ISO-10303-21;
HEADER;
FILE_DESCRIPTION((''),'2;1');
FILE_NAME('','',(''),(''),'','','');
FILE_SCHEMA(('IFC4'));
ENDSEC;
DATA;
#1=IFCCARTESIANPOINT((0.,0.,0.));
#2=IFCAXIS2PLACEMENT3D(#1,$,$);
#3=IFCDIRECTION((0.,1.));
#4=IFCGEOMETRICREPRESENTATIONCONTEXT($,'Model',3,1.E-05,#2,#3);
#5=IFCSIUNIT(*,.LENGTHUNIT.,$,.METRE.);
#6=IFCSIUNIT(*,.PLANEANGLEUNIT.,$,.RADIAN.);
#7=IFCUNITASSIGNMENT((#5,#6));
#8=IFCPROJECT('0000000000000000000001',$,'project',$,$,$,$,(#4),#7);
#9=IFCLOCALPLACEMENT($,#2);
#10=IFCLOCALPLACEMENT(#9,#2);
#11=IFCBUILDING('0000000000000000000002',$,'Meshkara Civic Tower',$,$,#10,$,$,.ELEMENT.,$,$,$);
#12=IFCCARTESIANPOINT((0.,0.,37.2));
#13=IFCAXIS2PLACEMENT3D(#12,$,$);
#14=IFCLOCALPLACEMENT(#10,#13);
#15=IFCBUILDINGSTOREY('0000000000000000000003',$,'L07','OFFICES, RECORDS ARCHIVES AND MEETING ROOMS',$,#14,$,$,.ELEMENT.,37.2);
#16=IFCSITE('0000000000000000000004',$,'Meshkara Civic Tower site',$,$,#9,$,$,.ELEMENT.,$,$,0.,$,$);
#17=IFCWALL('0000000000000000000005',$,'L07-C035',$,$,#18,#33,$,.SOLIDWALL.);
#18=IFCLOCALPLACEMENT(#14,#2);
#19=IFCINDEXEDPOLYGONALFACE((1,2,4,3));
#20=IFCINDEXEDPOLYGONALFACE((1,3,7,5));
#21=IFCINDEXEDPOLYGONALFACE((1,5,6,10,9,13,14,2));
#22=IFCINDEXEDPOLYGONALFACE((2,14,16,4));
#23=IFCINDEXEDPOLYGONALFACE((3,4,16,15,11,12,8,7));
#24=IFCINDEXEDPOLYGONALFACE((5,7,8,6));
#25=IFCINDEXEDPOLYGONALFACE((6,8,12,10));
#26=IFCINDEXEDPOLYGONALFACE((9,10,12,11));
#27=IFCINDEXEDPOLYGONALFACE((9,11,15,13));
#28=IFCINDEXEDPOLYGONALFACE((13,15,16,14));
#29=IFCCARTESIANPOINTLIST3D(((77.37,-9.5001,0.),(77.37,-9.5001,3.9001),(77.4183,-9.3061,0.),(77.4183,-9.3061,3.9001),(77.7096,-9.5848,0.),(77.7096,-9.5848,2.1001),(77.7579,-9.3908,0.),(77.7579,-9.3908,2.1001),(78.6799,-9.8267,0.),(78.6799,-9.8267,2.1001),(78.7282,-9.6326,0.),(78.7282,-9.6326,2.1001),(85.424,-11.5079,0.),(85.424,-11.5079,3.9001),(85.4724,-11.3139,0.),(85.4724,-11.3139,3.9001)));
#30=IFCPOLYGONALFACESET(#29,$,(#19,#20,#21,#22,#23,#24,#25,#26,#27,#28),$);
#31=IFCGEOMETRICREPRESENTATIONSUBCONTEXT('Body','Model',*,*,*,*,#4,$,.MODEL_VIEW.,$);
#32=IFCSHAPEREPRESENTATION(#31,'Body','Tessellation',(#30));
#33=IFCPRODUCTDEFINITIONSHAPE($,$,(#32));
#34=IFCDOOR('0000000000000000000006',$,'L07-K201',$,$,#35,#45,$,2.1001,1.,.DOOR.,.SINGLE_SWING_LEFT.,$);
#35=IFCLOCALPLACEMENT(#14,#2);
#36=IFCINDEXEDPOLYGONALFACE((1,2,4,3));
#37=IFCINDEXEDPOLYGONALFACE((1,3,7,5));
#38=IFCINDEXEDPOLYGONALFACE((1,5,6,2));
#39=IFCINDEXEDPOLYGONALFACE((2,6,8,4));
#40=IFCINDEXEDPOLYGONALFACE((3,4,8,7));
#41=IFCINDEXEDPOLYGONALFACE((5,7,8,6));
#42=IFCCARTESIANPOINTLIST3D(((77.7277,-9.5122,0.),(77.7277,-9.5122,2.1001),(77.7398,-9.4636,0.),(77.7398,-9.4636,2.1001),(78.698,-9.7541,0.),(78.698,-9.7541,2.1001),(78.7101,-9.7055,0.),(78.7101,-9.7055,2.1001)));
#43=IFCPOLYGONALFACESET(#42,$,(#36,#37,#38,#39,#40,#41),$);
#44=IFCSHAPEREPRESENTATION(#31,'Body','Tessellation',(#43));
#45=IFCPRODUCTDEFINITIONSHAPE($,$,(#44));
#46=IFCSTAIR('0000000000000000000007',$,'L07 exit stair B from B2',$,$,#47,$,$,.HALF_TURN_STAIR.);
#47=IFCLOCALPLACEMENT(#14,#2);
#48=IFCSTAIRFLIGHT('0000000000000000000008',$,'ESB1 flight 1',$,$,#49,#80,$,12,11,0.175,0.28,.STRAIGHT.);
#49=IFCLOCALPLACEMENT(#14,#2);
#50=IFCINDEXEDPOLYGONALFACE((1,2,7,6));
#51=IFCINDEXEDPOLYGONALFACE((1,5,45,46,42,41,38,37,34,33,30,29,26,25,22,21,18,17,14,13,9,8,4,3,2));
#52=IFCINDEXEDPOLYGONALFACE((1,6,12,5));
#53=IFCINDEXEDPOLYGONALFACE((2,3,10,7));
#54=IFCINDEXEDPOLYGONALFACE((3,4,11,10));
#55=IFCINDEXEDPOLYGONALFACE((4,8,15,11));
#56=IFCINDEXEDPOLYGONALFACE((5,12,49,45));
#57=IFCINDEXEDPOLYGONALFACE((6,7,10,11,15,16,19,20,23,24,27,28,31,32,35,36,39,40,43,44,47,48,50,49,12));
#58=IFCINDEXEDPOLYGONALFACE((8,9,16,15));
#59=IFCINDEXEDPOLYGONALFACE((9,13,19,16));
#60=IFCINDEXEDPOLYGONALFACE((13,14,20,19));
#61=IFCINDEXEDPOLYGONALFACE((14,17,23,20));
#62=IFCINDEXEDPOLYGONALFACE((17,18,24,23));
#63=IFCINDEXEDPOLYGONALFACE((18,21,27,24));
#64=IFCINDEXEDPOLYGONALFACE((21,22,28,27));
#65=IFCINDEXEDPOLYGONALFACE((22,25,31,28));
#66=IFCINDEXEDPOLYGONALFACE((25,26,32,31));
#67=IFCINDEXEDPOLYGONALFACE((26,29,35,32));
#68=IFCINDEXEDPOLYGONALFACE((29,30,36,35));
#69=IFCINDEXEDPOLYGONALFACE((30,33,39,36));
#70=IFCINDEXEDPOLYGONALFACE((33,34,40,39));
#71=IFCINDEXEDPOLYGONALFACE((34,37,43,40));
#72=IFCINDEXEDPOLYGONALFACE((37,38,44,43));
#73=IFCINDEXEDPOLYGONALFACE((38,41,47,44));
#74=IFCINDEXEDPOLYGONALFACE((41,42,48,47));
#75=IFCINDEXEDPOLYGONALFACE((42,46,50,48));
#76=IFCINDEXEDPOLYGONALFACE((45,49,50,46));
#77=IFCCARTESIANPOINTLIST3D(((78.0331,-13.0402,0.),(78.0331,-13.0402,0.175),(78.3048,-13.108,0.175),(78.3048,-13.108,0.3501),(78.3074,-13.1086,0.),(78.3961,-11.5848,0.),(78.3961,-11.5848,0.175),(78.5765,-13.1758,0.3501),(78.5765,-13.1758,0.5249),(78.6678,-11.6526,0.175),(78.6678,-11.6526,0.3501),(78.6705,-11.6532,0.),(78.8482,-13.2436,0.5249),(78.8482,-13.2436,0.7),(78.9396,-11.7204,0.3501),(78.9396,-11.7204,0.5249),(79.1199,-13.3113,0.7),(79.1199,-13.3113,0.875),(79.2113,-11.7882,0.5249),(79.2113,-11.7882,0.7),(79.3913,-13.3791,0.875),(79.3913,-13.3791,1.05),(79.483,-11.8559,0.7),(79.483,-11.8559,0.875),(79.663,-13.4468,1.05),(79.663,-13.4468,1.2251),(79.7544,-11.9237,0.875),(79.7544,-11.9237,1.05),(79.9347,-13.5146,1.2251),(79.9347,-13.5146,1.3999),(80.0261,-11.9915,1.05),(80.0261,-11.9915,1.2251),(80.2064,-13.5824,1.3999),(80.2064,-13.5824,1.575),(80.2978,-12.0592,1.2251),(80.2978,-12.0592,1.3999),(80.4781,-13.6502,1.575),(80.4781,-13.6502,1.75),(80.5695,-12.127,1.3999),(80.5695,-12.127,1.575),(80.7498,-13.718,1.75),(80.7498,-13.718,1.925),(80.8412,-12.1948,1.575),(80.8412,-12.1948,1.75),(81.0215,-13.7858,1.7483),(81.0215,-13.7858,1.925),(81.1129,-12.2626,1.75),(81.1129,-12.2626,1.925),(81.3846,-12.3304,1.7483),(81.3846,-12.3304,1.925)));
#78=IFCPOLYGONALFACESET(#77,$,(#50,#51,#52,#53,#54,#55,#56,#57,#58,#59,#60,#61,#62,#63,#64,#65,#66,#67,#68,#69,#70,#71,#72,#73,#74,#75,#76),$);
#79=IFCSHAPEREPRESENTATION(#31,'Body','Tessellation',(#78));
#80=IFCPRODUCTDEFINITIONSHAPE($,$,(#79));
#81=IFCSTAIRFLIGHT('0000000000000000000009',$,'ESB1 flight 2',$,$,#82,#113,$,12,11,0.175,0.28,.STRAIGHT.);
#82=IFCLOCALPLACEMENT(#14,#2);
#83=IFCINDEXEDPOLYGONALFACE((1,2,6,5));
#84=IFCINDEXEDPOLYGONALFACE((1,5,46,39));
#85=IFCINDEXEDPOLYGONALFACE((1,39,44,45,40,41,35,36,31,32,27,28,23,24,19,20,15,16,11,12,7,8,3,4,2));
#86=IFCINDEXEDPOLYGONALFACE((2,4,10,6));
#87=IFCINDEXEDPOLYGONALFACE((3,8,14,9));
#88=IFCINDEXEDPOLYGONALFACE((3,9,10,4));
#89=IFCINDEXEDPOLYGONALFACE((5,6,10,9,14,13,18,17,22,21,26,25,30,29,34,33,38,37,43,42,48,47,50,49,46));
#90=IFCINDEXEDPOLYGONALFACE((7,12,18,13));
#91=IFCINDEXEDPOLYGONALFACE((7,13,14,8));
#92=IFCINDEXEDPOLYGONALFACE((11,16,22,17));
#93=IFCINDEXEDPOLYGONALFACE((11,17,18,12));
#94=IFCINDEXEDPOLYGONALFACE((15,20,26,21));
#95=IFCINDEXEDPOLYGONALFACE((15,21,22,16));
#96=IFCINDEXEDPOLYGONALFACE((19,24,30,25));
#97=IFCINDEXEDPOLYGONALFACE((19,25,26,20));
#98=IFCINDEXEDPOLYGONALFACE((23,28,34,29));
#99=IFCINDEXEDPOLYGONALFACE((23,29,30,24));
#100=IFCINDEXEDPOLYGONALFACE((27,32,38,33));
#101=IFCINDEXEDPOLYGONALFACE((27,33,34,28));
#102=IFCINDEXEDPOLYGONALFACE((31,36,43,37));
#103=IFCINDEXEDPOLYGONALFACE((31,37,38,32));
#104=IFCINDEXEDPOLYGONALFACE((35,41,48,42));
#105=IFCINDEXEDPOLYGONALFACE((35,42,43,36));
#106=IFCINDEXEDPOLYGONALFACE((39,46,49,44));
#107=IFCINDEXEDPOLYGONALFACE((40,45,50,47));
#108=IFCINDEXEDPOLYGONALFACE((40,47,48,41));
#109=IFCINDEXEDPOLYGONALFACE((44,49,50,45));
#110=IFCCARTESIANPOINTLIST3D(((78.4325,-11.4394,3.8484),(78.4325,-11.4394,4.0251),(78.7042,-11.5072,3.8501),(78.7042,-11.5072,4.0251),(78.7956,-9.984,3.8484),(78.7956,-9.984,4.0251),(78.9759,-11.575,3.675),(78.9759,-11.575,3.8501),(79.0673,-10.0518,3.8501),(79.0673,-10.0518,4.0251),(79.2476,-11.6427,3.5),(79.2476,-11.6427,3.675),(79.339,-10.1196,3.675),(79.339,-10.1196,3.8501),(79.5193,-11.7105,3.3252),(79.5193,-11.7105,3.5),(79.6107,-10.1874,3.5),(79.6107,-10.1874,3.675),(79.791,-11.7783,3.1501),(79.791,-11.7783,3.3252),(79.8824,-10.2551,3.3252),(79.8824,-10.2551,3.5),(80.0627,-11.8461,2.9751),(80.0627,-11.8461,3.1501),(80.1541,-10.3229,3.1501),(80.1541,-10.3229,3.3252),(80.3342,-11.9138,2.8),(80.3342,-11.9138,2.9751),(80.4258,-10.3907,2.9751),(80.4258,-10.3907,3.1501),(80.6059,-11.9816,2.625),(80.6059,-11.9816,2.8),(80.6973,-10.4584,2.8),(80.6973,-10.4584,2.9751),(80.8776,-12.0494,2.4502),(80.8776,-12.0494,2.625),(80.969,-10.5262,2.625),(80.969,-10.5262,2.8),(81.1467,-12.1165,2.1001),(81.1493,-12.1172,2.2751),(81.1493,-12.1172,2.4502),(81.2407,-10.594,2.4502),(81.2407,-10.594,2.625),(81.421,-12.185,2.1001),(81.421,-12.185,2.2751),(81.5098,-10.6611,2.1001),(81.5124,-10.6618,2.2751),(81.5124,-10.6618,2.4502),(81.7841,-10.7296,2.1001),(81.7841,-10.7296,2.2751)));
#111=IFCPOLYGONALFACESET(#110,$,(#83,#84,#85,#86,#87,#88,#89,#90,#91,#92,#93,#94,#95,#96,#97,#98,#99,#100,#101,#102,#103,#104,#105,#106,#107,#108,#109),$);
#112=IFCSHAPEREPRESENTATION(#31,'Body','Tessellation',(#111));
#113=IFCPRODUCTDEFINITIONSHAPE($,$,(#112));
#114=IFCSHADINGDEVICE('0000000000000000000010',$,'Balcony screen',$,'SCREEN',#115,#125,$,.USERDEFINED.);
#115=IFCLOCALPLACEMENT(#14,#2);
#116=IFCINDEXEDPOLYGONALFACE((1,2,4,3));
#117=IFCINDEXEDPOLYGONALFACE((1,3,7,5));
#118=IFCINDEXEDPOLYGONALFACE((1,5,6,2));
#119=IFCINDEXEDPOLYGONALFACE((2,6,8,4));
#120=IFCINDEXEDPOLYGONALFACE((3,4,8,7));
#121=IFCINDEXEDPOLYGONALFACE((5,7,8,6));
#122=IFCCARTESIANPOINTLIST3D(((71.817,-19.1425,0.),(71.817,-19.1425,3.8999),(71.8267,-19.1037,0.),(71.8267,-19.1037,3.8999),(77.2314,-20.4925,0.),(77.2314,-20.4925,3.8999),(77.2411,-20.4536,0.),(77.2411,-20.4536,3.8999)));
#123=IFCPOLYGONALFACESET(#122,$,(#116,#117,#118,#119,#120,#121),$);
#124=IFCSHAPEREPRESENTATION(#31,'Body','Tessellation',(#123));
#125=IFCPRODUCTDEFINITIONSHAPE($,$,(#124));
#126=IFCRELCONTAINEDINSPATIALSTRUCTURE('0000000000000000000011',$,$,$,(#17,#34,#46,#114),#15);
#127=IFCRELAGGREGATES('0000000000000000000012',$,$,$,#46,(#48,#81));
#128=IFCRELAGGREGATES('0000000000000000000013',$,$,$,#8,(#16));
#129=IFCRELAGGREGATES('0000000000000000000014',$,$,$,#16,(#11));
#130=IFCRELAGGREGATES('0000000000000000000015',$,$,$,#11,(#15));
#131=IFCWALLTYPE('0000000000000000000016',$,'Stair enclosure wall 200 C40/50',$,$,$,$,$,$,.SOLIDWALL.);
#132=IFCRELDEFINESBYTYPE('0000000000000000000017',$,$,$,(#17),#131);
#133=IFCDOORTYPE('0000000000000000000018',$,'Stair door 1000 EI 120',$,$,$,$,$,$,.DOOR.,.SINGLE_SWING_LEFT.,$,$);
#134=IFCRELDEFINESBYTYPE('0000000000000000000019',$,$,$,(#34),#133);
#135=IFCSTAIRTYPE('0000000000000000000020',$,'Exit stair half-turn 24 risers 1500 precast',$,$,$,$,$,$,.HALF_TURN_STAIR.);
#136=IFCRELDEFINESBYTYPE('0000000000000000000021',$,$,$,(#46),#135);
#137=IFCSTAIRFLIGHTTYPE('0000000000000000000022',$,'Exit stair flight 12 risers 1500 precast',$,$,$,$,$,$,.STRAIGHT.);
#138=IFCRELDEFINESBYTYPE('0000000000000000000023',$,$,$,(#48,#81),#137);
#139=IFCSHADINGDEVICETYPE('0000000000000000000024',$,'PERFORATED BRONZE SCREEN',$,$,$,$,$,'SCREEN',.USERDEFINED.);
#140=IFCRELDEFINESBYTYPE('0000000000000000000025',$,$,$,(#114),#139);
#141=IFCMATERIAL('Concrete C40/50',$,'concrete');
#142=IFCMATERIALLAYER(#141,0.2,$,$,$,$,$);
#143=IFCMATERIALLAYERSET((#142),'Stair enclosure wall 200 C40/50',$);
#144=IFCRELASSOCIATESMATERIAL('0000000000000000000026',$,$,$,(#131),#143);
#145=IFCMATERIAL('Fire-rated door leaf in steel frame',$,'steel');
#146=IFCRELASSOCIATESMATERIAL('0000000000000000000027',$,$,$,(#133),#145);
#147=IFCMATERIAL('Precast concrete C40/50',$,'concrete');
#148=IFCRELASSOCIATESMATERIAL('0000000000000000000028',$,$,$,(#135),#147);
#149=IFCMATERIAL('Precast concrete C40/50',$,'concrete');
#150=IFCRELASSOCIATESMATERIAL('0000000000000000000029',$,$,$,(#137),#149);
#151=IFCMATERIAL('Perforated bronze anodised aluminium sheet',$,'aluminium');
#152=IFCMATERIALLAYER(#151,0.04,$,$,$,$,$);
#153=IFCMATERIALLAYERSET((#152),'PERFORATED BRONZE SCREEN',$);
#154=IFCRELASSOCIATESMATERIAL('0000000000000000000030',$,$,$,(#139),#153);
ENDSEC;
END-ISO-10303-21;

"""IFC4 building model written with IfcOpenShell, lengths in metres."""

from ifc_helpers import new_model, si_unit, direction, frame, frame_2d, origin, origin_2d, place, context, subcontext, project, spatial, polyline, rectangle, outline, extrude, material, layer, layer_set, type_object, element, fill, aggregate, save


model = new_model("IFC4")

# Units and contexts
model_context = context("Model", 3, precision=1e-05, world=origin(), true_north=direction((0.0, 1.0)))
body_context = subcontext(model_context, "Body", "Model", "MODEL_VIEW")
ifc_project = project(units=[si_unit("LENGTHUNIT", "METRE"), si_unit("PLANEANGLEUNIT", "RADIAN")], contexts=[model_context])

# Site, building, storey
site_placement = place(None, origin())
site = spatial("IfcSite", under=ifc_project, at=site_placement, Name="Meshkara Civic Tower site", CompositionType="ELEMENT", RefElevation=0.0)
building_placement = place(site_placement, origin())
building = spatial("IfcBuilding", under=site, at=building_placement, Name="Meshkara Civic Tower", CompositionType="ELEMENT")
storey_placement = place(building_placement, frame((0.0, 0.0, 37.2)))
storey = spatial("IfcBuildingStorey", under=building, at=storey_placement, Name="L07", Description="OFFICES, RECORDS ARCHIVES AND MEETING ROOMS", CompositionType="ELEMENT", Elevation=37.2)

# Wall, opening, door
ifc_material_1 = material(Name="Concrete C40/50", Category="concrete")
ifc_layer_1 = layer(ifc_material_1, 0.2)
ifc_layer_set_1 = layer_set([ifc_layer_1], Name="Stair enclosure wall 200 C40/50")
wall_type_1 = type_object("IfcWallType", Name="Stair enclosure wall 200 C40/50", PredefinedType="SOLIDWALL", material=ifc_layer_set_1)
wall_1_placement = place(storey_placement, frame((77.394, -9.4031, 0.0), z_axis=(0.0, 0.0, 1.0), x_axis=(0.970303, -0.241892, 0.0)))
wall_1 = element("IfcWall", 1, at=wall_1_placement, inside=storey, type_object=wall_type_1, Name="L07-C035", PredefinedType="SOLIDWALL", context=body_context, shape_type="SweptSolid", body=[
    extrude(rectangle(XDim=8.3005, YDim=0.2, at=frame_2d((4.1504, 0.0))), origin(), (0.0, 0.0, 1.0), 3.9001),
])
opening_1_placement = place(wall_1_placement, frame((0.3501, 0.0, 0.0)))
opening_1 = element("IfcOpeningElement", 2, at=opening_1_placement, cuts=wall_1, PredefinedType="OPENING", context=body_context, shape_type="SweptSolid", body=[
    extrude(rectangle(XDim=1.0, YDim=2.1001, at=frame_2d((0.5, 1.05))), frame((0.0, 0.1099, 0.0), z_axis=(0.0, -1.0, 0.0), x_axis=(1.0, 0.0, 0.0)), (0.0, 0.0, 1.0), 0.22),
])
ifc_material_2 = material(Name="Fire-rated door leaf in steel frame", Category="steel")
door_type_1 = type_object("IfcDoorType", Name="Stair door 1000 EI 120", OperationType="SINGLE_SWING_LEFT", PredefinedType="DOOR", material=ifc_material_2)
door_1_placement = place(opening_1_placement, origin())
door_1 = element("IfcDoor", 3, at=door_1_placement, inside=storey, type_object=door_type_1, Name="L07-K201", OperationType="SINGLE_SWING_LEFT", OverallHeight=2.1001, OverallWidth=1.0, PredefinedType="DOOR", context=body_context, shape_type="SweptSolid", body=[
    extrude(rectangle(XDim=1.0, YDim=2.1001, at=frame_2d((0.5, 1.05))), frame((0.0, 0.0249, 0.0), z_axis=(0.0, -1.0, 0.0), x_axis=(1.0, 0.0, 0.0)), (0.0, 0.0, 1.0), 0.05),
])
fill(opening_1, door_1)

# Stair, stair flights
ifc_material_3 = material(Name="Precast concrete C40/50", Category="concrete")
stair_type = type_object("IfcStairType", Name="Exit stair half-turn 24 risers 1500 precast", PredefinedType="HALF_TURN_STAIR", material=ifc_material_3)
stair_placement = place(storey_placement, origin())
stair = element("IfcStair", 4, at=stair_placement, inside=storey, type_object=stair_type, Name="L07 exit stair B from B2", PredefinedType="HALF_TURN_STAIR")
ifc_material_4 = material(Name="Precast concrete C40/50", Category="concrete")
stair_flight_type = type_object("IfcStairFlightType", Name="Exit stair flight 12 risers 1500 precast", PredefinedType="STRAIGHT", material=ifc_material_4)
stair_flight_1_placement = place(storey_placement, frame((78.2146, -12.3125, 0.0), z_axis=(0.0, 0.0, 1.0), x_axis=(0.97026, -0.242065, 0.0)))
stair_flight_1 = element("IfcStairFlight", 5, at=stair_flight_1_placement, type_object=stair_flight_type, Name="ESB1 flight 1", NumberOfRisers=12, NumberOfTreads=11, PredefinedType="STRAIGHT", RiserHeight=0.175, TreadLength=0.28, context=body_context, shape_type="SweptSolid", body=[
    extrude(outline(polyline([(0.0, 0.0), (0.0, 0.175), (0.28, 0.175), (0.28, 0.3501), (0.5601, 0.3501), (0.5601, 0.5249), (0.8401, 0.5249), (0.8401, 0.7), (1.1201, 0.7), (1.1201, 0.875), (1.3999, 0.875), (1.3999, 1.05), (1.6799, 1.05), (1.6799, 1.2251), (1.96, 1.2251), (1.96, 1.3999), (2.24, 1.3999), (2.24, 1.575), (2.52, 1.575), (2.52, 1.75), (2.8, 1.75), (2.8, 1.925), (3.0801, 1.925), (3.0801, 2.1001), (3.0801, 1.7483), (0.2827, 0.0), (0.0, 0.0)])), frame((0.0, 0.75, 0.0), z_axis=(0.0, -1.0, 0.0), x_axis=(1.0, 0.0, 0.0)), (0.0, 0.0, 1.0), 1.5),
])
stair_flight_2_placement = place(storey_placement, frame((81.6025, -11.4573, 2.1001), z_axis=(0.0, 0.0, 1.0), x_axis=(-0.97026, 0.242065, 0.0)))
stair_flight_2 = element("IfcStairFlight", 6, at=stair_flight_2_placement, type_object=stair_flight_type, Name="ESB1 flight 2", NumberOfRisers=12, NumberOfTreads=11, PredefinedType="STRAIGHT", RiserHeight=0.175, TreadLength=0.28, context=body_context, shape_type="SweptSolid", body=[
    extrude(outline(polyline([(0.0, 0.0), (0.0, 0.175), (0.28, 0.175), (0.28, 0.3501), (0.5601, 0.3501), (0.5601, 0.5249), (0.8401, 0.5249), (0.8401, 0.7), (1.1201, 0.7), (1.1201, 0.875), (1.3999, 0.875), (1.3999, 1.05), (1.6799, 1.05), (1.6799, 1.2251), (1.96, 1.2251), (1.96, 1.3999), (2.24, 1.3999), (2.24, 1.575), (2.52, 1.575), (2.52, 1.75), (2.8, 1.75), (2.8, 1.925), (3.0801, 1.925), (3.0801, 2.1001), (3.0801, 1.7483), (0.2827, 0.0), (0.0, 0.0)])), frame((0.0, 0.75, 0.0), z_axis=(0.0, -1.0, 0.0), x_axis=(1.0, 0.0, 0.0)), (0.0, 0.0, 1.0), 1.5),
])
aggregate(stair, [stair_flight_1, stair_flight_2])

# Shading device
ifc_material_5 = material(Name="Perforated bronze anodised aluminium sheet", Category="aluminium")
ifc_layer_2 = layer(ifc_material_5, 0.04)
ifc_layer_set_2 = layer_set([ifc_layer_2], Name="PERFORATED BRONZE SCREEN")
shading_device_type = type_object("IfcShadingDeviceType", Name="PERFORATED BRONZE SCREEN", ElementType="SCREEN", PredefinedType="USERDEFINED", material=ifc_layer_set_2)
shading_device_placement = place(storey_placement, frame((74.5291, -19.7981, 0.0), z_axis=(0.0, 0.0, 1.0), x_axis=(0.970296, -0.241922, 0.0)))
element("IfcShadingDevice", 7, at=shading_device_placement, inside=storey, type_object=shading_device_type, Name="Balcony screen", ObjectType="SCREEN", PredefinedType="USERDEFINED", context=body_context, shape_type="SweptSolid", body=[
    extrude(rectangle(XDim=5.5801, YDim=0.04, at=origin_2d()), origin(), (0.0, 0.0, 1.0), 3.8999),
])

save(model, "model.ifc")
